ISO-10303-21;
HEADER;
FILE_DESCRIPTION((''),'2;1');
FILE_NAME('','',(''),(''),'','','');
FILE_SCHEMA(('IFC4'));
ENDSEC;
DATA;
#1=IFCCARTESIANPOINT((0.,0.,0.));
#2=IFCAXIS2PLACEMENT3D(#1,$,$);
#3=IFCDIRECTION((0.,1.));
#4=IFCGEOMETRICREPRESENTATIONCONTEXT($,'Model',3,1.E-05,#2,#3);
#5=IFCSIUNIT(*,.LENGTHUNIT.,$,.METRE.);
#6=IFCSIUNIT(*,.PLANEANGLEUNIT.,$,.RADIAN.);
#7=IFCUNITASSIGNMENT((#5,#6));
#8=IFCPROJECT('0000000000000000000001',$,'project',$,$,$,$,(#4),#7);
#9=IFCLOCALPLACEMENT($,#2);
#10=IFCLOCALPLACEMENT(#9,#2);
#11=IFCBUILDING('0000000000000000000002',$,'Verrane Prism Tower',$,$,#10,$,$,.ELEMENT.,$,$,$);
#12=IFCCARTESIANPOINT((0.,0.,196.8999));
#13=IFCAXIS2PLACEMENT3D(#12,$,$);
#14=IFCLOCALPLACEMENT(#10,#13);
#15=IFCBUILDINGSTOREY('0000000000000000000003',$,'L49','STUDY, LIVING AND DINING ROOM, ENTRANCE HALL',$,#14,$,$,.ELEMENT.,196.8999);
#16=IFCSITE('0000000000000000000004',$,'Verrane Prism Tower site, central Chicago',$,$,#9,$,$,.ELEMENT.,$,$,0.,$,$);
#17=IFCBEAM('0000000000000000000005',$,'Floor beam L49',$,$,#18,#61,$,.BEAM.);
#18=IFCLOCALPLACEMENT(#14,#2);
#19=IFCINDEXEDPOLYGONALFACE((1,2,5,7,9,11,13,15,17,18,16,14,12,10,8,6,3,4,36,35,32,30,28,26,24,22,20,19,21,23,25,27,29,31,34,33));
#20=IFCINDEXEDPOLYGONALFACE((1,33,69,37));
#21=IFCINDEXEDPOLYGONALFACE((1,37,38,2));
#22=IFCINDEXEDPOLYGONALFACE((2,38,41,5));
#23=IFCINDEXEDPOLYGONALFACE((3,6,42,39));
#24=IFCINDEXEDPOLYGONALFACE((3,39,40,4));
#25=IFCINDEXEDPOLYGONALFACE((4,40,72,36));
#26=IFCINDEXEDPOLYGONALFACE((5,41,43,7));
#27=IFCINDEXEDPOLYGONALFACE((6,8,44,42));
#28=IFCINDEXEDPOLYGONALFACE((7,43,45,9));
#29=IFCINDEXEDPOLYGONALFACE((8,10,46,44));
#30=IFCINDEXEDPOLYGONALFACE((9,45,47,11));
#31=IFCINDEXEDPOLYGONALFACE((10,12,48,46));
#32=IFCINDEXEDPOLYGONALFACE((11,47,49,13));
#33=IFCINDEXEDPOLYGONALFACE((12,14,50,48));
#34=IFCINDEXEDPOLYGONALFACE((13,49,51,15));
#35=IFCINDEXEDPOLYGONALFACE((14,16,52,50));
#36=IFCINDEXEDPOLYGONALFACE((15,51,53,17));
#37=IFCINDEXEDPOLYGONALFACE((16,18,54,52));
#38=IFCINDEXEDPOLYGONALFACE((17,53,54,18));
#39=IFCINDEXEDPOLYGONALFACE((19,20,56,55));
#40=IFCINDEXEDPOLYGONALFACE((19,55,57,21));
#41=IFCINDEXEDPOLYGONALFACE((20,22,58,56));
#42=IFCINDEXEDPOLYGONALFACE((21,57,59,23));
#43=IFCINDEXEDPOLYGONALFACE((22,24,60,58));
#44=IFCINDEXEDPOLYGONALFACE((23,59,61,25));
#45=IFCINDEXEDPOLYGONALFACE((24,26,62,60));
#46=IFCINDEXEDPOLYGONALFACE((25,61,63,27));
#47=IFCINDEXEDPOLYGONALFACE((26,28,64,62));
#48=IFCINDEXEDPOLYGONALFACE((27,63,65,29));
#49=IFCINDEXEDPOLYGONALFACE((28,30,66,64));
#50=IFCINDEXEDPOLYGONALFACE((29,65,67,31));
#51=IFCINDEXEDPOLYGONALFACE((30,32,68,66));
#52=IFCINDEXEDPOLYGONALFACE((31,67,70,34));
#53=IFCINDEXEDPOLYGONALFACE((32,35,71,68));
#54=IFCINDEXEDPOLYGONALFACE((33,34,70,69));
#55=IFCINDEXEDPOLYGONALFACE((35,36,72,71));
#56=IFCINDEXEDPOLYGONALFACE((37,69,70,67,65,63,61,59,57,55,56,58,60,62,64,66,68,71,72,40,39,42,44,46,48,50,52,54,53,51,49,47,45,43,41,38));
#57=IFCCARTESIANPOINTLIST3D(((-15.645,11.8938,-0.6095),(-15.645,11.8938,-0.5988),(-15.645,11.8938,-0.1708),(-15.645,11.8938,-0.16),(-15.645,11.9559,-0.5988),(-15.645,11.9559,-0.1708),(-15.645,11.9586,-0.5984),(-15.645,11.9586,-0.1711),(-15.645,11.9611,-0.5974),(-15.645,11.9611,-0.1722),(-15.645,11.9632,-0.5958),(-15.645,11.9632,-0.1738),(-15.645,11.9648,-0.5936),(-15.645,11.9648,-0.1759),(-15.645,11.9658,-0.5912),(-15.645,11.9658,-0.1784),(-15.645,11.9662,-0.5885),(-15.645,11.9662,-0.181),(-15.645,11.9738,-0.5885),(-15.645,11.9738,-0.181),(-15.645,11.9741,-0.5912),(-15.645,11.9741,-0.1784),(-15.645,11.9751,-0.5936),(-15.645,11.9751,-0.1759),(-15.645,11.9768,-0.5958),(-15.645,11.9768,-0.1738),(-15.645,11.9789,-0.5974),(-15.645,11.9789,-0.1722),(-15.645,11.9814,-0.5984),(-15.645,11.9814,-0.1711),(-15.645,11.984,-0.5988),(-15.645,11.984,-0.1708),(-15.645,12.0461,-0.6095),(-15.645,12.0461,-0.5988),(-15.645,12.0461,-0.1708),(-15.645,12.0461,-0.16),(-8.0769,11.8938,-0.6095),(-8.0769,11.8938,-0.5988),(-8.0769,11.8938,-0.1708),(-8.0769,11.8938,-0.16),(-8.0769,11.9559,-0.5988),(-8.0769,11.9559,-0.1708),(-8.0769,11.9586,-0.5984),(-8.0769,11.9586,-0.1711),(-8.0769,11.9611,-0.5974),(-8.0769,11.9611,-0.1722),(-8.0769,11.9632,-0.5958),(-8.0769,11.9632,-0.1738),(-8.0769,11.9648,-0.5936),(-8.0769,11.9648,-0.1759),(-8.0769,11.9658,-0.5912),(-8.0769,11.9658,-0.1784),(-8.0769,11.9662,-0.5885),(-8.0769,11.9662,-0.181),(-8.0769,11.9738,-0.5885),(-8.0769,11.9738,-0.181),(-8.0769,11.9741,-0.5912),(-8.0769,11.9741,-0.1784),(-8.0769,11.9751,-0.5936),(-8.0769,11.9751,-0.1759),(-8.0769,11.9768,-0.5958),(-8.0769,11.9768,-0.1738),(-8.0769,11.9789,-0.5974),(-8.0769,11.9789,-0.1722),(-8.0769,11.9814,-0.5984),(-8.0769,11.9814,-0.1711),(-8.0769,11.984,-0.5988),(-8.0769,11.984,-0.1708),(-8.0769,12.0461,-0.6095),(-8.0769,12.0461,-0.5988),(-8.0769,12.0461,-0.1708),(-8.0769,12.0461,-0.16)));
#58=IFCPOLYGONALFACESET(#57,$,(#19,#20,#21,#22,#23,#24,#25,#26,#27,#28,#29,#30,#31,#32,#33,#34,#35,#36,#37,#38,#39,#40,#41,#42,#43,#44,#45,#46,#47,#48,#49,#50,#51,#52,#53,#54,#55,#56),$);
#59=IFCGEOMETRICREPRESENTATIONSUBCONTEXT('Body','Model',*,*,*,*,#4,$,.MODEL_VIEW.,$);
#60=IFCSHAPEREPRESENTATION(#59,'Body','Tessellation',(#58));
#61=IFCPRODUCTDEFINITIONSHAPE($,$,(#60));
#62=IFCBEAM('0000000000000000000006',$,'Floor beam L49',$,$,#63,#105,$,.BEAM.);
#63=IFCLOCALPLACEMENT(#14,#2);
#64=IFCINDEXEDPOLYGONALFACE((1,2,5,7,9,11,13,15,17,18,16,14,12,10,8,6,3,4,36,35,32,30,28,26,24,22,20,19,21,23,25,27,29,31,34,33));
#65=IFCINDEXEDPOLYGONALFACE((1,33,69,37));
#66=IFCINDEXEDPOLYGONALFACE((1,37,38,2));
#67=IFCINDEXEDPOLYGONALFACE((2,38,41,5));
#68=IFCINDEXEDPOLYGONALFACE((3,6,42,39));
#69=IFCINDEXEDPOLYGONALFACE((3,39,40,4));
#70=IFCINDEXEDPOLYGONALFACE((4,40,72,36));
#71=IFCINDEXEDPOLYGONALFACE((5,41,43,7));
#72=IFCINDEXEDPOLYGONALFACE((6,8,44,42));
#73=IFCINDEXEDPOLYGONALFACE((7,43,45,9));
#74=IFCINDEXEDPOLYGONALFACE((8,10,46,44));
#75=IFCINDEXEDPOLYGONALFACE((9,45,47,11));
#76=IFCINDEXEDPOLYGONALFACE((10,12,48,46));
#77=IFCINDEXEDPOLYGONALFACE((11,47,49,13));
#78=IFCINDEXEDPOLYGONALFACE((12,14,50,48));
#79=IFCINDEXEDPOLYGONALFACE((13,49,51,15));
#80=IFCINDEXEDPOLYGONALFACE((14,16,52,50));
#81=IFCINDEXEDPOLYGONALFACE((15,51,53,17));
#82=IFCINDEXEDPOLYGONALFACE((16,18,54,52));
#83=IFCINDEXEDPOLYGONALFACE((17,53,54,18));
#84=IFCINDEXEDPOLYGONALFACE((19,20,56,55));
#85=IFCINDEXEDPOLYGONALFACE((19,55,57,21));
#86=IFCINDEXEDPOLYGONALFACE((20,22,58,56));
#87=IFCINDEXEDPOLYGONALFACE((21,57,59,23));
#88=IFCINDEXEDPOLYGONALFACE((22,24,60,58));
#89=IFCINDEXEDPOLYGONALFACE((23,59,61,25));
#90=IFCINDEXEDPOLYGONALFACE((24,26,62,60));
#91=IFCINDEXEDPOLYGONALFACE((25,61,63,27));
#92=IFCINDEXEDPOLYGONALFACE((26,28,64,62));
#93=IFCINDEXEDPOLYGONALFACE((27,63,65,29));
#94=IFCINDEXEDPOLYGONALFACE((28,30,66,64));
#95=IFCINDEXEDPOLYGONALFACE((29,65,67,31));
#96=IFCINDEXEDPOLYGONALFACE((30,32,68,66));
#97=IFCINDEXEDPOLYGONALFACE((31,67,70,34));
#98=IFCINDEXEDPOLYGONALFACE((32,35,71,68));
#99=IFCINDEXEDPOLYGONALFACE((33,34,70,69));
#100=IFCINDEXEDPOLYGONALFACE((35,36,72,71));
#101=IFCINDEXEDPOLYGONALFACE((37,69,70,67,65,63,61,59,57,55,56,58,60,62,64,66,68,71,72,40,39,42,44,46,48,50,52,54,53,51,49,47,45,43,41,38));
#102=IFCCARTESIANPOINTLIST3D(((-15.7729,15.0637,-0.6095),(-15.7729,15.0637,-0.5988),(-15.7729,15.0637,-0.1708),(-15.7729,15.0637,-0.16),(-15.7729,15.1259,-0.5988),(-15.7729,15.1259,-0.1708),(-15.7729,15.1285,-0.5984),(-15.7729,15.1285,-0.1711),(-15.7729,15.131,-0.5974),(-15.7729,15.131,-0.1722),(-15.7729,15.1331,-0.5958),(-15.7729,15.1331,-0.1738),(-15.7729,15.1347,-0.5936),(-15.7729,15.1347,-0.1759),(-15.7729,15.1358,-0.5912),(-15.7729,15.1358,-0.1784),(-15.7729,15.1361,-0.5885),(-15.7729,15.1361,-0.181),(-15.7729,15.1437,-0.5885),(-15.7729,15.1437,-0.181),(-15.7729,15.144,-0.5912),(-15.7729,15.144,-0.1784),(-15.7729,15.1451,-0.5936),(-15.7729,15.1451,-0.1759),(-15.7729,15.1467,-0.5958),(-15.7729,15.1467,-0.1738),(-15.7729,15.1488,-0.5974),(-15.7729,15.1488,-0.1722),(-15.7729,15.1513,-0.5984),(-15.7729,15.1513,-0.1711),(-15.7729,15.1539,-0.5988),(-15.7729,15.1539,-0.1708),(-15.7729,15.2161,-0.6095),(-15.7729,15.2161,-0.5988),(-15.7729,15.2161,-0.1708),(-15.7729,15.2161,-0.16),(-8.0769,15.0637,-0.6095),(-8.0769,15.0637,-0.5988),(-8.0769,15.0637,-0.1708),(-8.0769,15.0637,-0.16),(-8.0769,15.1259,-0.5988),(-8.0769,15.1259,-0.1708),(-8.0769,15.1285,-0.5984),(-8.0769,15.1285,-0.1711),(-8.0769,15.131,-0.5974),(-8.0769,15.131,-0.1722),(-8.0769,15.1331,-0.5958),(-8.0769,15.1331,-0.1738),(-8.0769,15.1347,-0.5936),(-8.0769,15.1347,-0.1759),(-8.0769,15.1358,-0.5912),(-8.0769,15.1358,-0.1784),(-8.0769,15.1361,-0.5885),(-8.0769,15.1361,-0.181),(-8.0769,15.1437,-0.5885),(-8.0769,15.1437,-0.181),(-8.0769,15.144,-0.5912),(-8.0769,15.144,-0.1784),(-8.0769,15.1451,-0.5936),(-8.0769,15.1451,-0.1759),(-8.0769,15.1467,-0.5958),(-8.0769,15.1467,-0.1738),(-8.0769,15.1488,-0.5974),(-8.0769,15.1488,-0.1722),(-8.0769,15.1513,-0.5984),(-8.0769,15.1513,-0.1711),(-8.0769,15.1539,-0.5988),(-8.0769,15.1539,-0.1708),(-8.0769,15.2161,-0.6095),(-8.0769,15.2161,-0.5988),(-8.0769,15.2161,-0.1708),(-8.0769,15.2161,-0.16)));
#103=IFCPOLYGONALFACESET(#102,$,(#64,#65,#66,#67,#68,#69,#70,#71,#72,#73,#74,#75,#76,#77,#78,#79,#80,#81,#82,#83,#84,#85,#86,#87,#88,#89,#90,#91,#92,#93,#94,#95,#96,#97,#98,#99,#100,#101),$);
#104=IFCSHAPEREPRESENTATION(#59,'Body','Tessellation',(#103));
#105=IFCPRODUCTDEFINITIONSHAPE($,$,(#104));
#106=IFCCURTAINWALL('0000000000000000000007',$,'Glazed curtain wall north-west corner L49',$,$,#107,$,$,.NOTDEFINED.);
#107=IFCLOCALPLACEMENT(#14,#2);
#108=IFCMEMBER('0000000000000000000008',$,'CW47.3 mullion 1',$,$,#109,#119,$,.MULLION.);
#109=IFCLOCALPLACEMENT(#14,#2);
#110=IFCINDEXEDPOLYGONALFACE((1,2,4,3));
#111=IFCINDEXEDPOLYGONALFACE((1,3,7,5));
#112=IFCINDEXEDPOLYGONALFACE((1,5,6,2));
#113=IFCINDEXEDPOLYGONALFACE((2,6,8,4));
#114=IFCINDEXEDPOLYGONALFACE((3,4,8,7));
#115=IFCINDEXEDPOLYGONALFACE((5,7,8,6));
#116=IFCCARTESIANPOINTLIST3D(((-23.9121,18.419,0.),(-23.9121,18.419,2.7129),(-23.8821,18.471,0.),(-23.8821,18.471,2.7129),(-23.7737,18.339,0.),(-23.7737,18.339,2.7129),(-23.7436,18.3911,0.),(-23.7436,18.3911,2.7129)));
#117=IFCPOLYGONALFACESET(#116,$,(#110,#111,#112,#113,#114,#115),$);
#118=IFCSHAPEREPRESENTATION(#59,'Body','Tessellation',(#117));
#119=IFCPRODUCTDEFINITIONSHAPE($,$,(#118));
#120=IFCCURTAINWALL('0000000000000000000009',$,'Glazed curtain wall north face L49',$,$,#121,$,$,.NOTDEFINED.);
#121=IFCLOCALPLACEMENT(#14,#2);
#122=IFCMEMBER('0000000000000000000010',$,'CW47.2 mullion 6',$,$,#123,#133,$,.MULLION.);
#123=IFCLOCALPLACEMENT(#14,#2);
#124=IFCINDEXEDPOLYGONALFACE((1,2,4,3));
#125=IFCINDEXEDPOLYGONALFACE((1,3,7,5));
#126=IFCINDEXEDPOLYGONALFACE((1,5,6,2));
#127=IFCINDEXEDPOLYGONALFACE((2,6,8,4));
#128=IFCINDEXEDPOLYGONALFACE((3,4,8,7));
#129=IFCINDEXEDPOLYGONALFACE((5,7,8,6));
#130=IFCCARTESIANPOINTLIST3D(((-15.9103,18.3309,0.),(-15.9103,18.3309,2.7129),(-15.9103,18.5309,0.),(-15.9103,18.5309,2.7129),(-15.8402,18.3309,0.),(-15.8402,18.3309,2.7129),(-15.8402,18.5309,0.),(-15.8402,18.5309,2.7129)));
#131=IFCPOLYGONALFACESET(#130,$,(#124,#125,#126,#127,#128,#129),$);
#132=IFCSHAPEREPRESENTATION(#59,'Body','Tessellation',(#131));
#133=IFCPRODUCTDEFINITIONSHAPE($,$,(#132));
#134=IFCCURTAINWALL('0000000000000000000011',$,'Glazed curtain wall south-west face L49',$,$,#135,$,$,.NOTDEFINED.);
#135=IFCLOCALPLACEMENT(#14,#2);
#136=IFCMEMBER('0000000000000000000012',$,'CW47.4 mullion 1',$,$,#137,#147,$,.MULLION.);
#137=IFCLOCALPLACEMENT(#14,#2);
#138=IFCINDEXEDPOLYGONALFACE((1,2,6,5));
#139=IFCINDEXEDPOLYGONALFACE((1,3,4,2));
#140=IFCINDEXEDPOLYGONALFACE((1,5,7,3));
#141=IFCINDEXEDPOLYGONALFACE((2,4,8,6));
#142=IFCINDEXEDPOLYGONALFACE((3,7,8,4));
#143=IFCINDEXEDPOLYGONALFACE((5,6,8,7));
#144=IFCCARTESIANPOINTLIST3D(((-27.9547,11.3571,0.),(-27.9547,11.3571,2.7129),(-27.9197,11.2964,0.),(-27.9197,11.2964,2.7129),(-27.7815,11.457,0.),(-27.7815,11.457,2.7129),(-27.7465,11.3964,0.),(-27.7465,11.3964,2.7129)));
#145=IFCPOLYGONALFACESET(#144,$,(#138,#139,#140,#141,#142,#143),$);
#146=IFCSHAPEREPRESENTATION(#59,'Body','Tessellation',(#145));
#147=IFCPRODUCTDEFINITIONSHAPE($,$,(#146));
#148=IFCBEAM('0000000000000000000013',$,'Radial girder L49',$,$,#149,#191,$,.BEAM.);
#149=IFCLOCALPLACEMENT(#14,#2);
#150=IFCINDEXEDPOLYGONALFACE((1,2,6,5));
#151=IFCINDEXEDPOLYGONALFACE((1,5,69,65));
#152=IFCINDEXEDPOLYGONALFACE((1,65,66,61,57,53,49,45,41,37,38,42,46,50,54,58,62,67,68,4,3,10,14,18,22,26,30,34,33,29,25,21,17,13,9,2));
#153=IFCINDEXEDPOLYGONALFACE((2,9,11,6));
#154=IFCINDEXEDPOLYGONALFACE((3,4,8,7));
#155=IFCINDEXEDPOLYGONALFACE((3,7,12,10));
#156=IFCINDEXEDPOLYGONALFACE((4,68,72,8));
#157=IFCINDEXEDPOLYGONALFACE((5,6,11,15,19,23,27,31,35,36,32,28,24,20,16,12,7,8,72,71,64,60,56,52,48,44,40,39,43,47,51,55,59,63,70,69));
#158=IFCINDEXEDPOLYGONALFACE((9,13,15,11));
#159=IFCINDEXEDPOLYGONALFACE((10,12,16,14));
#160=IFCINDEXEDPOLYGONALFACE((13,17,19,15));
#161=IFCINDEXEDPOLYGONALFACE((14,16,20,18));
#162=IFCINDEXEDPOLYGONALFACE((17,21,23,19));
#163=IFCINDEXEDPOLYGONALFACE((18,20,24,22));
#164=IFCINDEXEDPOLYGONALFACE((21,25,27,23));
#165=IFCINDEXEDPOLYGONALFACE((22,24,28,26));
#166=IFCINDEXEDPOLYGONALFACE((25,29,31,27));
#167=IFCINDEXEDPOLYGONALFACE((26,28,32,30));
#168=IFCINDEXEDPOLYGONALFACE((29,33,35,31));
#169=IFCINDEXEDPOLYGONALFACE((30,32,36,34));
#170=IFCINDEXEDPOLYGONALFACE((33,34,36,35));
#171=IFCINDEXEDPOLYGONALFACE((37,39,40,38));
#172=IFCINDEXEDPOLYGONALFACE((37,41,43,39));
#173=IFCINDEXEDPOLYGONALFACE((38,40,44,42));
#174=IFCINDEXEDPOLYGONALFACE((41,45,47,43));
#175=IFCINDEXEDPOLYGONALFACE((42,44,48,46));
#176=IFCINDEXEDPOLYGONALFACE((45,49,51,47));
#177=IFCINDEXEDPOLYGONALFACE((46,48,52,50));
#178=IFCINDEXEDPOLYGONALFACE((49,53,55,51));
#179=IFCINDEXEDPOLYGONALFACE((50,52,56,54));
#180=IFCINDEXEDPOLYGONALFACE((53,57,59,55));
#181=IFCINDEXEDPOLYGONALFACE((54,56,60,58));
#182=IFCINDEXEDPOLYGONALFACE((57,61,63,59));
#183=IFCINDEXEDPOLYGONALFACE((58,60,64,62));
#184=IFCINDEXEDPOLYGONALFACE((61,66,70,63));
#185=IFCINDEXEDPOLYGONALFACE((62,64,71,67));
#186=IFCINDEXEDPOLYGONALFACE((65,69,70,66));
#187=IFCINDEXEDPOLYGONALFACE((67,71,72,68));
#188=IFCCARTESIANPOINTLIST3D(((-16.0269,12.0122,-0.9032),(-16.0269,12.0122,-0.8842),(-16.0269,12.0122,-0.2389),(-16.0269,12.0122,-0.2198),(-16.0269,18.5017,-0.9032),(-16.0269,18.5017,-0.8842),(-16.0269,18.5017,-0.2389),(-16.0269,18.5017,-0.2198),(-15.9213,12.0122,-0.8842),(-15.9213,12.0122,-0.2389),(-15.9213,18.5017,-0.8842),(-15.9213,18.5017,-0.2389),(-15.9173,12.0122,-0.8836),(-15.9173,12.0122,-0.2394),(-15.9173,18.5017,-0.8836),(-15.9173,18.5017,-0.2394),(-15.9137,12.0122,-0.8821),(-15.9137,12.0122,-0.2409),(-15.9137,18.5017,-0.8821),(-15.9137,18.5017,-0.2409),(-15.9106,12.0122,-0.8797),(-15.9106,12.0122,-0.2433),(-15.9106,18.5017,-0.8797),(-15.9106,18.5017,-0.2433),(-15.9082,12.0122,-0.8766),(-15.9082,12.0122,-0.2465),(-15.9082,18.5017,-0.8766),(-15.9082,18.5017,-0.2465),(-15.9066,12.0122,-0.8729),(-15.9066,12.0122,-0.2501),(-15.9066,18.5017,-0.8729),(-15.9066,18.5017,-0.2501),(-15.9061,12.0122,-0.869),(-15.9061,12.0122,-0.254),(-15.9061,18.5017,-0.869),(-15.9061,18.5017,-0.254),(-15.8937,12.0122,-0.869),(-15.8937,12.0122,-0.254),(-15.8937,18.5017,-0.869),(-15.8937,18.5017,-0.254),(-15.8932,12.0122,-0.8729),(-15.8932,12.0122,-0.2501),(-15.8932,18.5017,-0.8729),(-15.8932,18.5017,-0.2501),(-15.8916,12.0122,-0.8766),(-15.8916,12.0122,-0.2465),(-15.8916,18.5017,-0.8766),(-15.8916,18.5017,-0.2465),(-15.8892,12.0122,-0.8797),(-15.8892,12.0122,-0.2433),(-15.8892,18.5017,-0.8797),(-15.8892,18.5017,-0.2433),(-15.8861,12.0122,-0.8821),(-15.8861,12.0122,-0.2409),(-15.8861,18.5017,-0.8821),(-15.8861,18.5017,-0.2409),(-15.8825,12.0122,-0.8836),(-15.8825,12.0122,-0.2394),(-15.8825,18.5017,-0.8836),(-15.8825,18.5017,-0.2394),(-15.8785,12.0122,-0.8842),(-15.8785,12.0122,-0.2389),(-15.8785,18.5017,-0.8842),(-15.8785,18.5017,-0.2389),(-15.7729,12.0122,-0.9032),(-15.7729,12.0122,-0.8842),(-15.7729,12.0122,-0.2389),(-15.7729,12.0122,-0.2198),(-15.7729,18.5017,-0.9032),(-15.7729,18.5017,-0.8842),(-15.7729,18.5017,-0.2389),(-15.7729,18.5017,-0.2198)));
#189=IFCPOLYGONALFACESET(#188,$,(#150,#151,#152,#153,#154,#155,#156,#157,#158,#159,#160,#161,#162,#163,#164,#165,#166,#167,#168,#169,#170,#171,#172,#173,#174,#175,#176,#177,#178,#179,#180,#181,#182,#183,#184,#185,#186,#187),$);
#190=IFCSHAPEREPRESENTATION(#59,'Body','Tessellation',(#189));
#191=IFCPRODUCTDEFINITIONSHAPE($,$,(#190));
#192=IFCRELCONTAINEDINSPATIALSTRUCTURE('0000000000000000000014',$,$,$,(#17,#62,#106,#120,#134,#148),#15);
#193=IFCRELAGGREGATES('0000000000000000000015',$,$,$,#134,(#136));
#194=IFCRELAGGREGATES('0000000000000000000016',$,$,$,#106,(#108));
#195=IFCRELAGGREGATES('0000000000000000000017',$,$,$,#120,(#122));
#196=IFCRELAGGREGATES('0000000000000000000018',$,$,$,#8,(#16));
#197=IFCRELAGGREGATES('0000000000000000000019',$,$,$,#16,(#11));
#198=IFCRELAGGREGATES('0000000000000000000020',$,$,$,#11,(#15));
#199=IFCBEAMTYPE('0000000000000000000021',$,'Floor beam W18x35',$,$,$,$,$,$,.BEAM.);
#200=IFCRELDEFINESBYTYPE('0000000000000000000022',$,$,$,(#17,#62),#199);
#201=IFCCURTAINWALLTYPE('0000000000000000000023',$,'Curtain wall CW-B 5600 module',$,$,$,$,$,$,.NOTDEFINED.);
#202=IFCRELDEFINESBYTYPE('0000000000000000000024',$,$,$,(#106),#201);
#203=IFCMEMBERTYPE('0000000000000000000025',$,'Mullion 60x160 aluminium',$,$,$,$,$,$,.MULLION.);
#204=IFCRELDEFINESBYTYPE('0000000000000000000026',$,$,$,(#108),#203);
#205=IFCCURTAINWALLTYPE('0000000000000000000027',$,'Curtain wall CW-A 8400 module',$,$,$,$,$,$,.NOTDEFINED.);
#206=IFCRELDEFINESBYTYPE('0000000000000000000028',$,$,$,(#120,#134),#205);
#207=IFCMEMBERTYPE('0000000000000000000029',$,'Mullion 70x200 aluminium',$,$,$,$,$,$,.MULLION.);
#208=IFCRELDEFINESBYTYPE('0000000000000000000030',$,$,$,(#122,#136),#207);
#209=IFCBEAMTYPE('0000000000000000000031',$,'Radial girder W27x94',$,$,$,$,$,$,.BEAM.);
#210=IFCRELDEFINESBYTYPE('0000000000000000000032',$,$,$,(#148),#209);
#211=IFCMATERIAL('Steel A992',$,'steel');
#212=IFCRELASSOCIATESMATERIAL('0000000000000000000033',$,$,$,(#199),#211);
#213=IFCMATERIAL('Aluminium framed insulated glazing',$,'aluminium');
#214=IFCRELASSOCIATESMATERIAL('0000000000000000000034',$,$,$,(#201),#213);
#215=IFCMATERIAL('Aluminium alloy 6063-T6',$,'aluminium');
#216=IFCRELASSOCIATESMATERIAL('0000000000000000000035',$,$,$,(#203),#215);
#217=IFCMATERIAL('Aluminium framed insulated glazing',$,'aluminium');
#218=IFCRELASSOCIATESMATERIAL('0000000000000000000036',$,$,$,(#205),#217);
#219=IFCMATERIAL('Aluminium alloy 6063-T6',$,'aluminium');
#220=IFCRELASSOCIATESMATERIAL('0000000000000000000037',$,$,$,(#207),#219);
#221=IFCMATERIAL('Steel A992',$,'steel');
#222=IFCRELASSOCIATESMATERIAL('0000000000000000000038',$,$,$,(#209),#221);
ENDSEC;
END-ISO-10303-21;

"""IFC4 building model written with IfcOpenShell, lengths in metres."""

from ifc_helpers import new_model, si_unit, direction, frame, origin, origin_2d, place, context, subcontext, project, spatial, rectangle, i_section, extrude, material, material_profile, profile_set, type_object, element, aggregate, save


model = new_model("IFC4")

# Units and contexts
model_context = context("Model", 3, precision=1e-05, world=origin(), true_north=direction((0.0, 1.0)))
body_context = subcontext(model_context, "Body", "Model", "MODEL_VIEW")
ifc_project = project(units=[si_unit("LENGTHUNIT", "METRE"), si_unit("PLANEANGLEUNIT", "RADIAN")], contexts=[model_context])

# Site, building, storey
site_placement = place(None, origin())
site = spatial("IfcSite", under=ifc_project, at=site_placement, Name="Verrane Prism Tower site, central Chicago", CompositionType="ELEMENT", RefElevation=0.0)
building_placement = place(site_placement, origin())
building = spatial("IfcBuilding", under=site, at=building_placement, Name="Verrane Prism Tower", CompositionType="ELEMENT")
storey_placement = place(building_placement, frame((0.0, 0.0, 196.8999)))
storey = spatial("IfcBuildingStorey", under=building, at=storey_placement, Name="L49", Description="STUDY, LIVING AND DINING ROOM, ENTRANCE HALL", CompositionType="ELEMENT", Elevation=196.8999)

# Beams
ifc_material_1 = material(Name="Steel A992", Category="steel")
ifc_material_profile_1 = material_profile(ifc_material_1, i_section(OverallWidth=0.1523, OverallDepth=0.4495, WebThickness=0.0076, FlangeThickness=0.0107, FilletRadius=0.0103, at=origin_2d()), Name="W18x35")
ifc_profile_set_1 = profile_set([ifc_material_profile_1], Name="Steel A992")
beam_type_1 = type_object("IfcBeamType", Name="Floor beam W18x35", PredefinedType="BEAM", material=ifc_profile_set_1)
beam_1_placement = place(storey_placement, frame((-15.645, 11.97, -0.3848), z_axis=(1.0, 0.0, 0.0), x_axis=(0.0, 1.0, 0.0)))
element("IfcBeam", 1, at=beam_1_placement, inside=storey, type_object=beam_type_1, Name="Floor beam L49", PredefinedType="BEAM", context=body_context, shape_type="SweptSolid", body=[
    extrude(i_section(OverallWidth=0.1523, OverallDepth=0.4495, WebThickness=0.0076, FlangeThickness=0.0107, FilletRadius=0.0103, at=origin_2d()), origin(), (0.0, 0.0, 1.0), 7.5681),
])
beam_2_placement = place(storey_placement, frame((-15.7729, 15.1399, -0.3848), z_axis=(1.0, 0.0, 0.0), x_axis=(0.0, 1.0, 0.0)))
element("IfcBeam", 2, at=beam_2_placement, inside=storey, type_object=beam_type_1, Name="Floor beam L49", PredefinedType="BEAM", context=body_context, shape_type="SweptSolid", body=[
    extrude(i_section(OverallWidth=0.1523, OverallDepth=0.4495, WebThickness=0.0076, FlangeThickness=0.0107, FilletRadius=0.0103, at=origin_2d()), origin(), (0.0, 0.0, 1.0), 7.696),
])

# Curtain walls, members
ifc_material_2 = material(Name="Aluminium framed insulated glazing", Category="aluminium")
curtain_wall_type_1 = type_object("IfcCurtainWallType", Name="Curtain wall CW-B 5600 module", PredefinedType="NOTDEFINED", material=ifc_material_2)
curtain_wall_1_placement = place(storey_placement, origin())
curtain_wall_1 = element("IfcCurtainWall", 3, at=curtain_wall_1_placement, inside=storey, type_object=curtain_wall_type_1, Name="Glazed curtain wall north-west corner L49", PredefinedType="NOTDEFINED")
ifc_material_3 = material(Name="Aluminium alloy 6063-T6", Category="aluminium")
ifc_material_profile_2 = material_profile(ifc_material_3, rectangle(XDim=0.1599, YDim=0.0601, at=origin_2d()), Name="Mullion 60x160 aluminium")
ifc_profile_set_2 = profile_set([ifc_material_profile_2], Name="Aluminium alloy 6063-T6")
member_type_1 = type_object("IfcMemberType", Name="Mullion 60x160 aluminium", PredefinedType="MULLION", material=ifc_profile_set_2)
member_1_placement = place(storey_placement, frame((-23.8279, 18.405, 0.0), z_axis=(0.0, 0.0, 1.0), x_axis=(0.866023, -0.500005, 0.0)))
member_1 = element("IfcMember", 4, at=member_1_placement, type_object=member_type_1, Name="CW47.3 mullion 1", PredefinedType="MULLION", context=body_context, shape_type="SweptSolid", body=[
    extrude(rectangle(XDim=0.1599, YDim=0.0601, at=origin_2d()), origin(), (0.0, 0.0, 1.0), 2.7129),
])
ifc_material_4 = material(Name="Aluminium framed insulated glazing", Category="aluminium")
curtain_wall_type_2 = type_object("IfcCurtainWallType", Name="Curtain wall CW-A 8400 module", PredefinedType="NOTDEFINED", material=ifc_material_4)
curtain_wall_2_placement = place(storey_placement, origin())
curtain_wall_2 = element("IfcCurtainWall", 5, at=curtain_wall_2_placement, inside=storey, type_object=curtain_wall_type_2, Name="Glazed curtain wall north face L49", PredefinedType="NOTDEFINED")
ifc_material_5 = material(Name="Aluminium alloy 6063-T6", Category="aluminium")
ifc_material_profile_3 = material_profile(ifc_material_5, rectangle(XDim=0.2, YDim=0.0701, at=origin_2d()), Name="Mullion 70x200 aluminium")
ifc_profile_set_3 = profile_set([ifc_material_profile_3], Name="Aluminium alloy 6063-T6")
member_type_2 = type_object("IfcMemberType", Name="Mullion 70x200 aluminium", PredefinedType="MULLION", material=ifc_profile_set_3)
member_2_placement = place(storey_placement, frame((-15.8752, 18.4309, 0.0), z_axis=(0.0, 0.0, 1.0), x_axis=(0.0, -1.0, 0.0)))
member_2 = element("IfcMember", 6, at=member_2_placement, type_object=member_type_2, Name="CW47.2 mullion 6", PredefinedType="MULLION", context=body_context, shape_type="SweptSolid", body=[
    extrude(rectangle(XDim=0.2, YDim=0.0701, at=origin_2d()), origin(), (0.0, 0.0, 1.0), 2.7129),
])
curtain_wall_3_placement = place(storey_placement, origin())
curtain_wall_3 = element("IfcCurtainWall", 7, at=curtain_wall_3_placement, inside=storey, type_object=curtain_wall_type_2, Name="Glazed curtain wall south-west face L49", PredefinedType="NOTDEFINED")
member_3_placement = place(storey_placement, frame((-27.8506, 11.3767, 0.0), z_axis=(0.0, 0.0, 1.0), x_axis=(0.866026, 0.5, 0.0)))
member_3 = element("IfcMember", 8, at=member_3_placement, type_object=member_type_2, Name="CW47.4 mullion 1", PredefinedType="MULLION", context=body_context, shape_type="SweptSolid", body=[
    extrude(rectangle(XDim=0.2, YDim=0.0701, at=origin_2d()), origin(), (0.0, 0.0, 1.0), 2.7129),
])

# Beam
ifc_material_6 = material(Name="Steel A992", Category="steel")
ifc_material_profile_4 = material_profile(ifc_material_6, i_section(OverallWidth=0.2539, OverallDepth=0.6833, WebThickness=0.0125, FlangeThickness=0.019, FilletRadius=0.0151, at=origin_2d()), Name="W27x94")
ifc_profile_set_4 = profile_set([ifc_material_profile_4], Name="Steel A992")
beam_type_2 = type_object("IfcBeamType", Name="Radial girder W27x94", PredefinedType="BEAM", material=ifc_profile_set_4)
beam_3_placement = place(storey_placement, frame((-15.8999, 18.5017, -0.5615), z_axis=(0.0, -1.0, 0.0), x_axis=(1.0, 0.0, 0.0)))
element("IfcBeam", 9, at=beam_3_placement, inside=storey, type_object=beam_type_2, Name="Radial girder L49", PredefinedType="BEAM", context=body_context, shape_type="SweptSolid", body=[
    extrude(i_section(OverallWidth=0.2539, OverallDepth=0.6833, WebThickness=0.0125, FlangeThickness=0.019, FilletRadius=0.0151, at=origin_2d()), origin(), (0.0, 0.0, 1.0), 6.4895),
])

aggregate(curtain_wall_3, [member_3])

aggregate(curtain_wall_1, [member_1])
aggregate(curtain_wall_2, [member_2])

save(model, "model.ifc")
